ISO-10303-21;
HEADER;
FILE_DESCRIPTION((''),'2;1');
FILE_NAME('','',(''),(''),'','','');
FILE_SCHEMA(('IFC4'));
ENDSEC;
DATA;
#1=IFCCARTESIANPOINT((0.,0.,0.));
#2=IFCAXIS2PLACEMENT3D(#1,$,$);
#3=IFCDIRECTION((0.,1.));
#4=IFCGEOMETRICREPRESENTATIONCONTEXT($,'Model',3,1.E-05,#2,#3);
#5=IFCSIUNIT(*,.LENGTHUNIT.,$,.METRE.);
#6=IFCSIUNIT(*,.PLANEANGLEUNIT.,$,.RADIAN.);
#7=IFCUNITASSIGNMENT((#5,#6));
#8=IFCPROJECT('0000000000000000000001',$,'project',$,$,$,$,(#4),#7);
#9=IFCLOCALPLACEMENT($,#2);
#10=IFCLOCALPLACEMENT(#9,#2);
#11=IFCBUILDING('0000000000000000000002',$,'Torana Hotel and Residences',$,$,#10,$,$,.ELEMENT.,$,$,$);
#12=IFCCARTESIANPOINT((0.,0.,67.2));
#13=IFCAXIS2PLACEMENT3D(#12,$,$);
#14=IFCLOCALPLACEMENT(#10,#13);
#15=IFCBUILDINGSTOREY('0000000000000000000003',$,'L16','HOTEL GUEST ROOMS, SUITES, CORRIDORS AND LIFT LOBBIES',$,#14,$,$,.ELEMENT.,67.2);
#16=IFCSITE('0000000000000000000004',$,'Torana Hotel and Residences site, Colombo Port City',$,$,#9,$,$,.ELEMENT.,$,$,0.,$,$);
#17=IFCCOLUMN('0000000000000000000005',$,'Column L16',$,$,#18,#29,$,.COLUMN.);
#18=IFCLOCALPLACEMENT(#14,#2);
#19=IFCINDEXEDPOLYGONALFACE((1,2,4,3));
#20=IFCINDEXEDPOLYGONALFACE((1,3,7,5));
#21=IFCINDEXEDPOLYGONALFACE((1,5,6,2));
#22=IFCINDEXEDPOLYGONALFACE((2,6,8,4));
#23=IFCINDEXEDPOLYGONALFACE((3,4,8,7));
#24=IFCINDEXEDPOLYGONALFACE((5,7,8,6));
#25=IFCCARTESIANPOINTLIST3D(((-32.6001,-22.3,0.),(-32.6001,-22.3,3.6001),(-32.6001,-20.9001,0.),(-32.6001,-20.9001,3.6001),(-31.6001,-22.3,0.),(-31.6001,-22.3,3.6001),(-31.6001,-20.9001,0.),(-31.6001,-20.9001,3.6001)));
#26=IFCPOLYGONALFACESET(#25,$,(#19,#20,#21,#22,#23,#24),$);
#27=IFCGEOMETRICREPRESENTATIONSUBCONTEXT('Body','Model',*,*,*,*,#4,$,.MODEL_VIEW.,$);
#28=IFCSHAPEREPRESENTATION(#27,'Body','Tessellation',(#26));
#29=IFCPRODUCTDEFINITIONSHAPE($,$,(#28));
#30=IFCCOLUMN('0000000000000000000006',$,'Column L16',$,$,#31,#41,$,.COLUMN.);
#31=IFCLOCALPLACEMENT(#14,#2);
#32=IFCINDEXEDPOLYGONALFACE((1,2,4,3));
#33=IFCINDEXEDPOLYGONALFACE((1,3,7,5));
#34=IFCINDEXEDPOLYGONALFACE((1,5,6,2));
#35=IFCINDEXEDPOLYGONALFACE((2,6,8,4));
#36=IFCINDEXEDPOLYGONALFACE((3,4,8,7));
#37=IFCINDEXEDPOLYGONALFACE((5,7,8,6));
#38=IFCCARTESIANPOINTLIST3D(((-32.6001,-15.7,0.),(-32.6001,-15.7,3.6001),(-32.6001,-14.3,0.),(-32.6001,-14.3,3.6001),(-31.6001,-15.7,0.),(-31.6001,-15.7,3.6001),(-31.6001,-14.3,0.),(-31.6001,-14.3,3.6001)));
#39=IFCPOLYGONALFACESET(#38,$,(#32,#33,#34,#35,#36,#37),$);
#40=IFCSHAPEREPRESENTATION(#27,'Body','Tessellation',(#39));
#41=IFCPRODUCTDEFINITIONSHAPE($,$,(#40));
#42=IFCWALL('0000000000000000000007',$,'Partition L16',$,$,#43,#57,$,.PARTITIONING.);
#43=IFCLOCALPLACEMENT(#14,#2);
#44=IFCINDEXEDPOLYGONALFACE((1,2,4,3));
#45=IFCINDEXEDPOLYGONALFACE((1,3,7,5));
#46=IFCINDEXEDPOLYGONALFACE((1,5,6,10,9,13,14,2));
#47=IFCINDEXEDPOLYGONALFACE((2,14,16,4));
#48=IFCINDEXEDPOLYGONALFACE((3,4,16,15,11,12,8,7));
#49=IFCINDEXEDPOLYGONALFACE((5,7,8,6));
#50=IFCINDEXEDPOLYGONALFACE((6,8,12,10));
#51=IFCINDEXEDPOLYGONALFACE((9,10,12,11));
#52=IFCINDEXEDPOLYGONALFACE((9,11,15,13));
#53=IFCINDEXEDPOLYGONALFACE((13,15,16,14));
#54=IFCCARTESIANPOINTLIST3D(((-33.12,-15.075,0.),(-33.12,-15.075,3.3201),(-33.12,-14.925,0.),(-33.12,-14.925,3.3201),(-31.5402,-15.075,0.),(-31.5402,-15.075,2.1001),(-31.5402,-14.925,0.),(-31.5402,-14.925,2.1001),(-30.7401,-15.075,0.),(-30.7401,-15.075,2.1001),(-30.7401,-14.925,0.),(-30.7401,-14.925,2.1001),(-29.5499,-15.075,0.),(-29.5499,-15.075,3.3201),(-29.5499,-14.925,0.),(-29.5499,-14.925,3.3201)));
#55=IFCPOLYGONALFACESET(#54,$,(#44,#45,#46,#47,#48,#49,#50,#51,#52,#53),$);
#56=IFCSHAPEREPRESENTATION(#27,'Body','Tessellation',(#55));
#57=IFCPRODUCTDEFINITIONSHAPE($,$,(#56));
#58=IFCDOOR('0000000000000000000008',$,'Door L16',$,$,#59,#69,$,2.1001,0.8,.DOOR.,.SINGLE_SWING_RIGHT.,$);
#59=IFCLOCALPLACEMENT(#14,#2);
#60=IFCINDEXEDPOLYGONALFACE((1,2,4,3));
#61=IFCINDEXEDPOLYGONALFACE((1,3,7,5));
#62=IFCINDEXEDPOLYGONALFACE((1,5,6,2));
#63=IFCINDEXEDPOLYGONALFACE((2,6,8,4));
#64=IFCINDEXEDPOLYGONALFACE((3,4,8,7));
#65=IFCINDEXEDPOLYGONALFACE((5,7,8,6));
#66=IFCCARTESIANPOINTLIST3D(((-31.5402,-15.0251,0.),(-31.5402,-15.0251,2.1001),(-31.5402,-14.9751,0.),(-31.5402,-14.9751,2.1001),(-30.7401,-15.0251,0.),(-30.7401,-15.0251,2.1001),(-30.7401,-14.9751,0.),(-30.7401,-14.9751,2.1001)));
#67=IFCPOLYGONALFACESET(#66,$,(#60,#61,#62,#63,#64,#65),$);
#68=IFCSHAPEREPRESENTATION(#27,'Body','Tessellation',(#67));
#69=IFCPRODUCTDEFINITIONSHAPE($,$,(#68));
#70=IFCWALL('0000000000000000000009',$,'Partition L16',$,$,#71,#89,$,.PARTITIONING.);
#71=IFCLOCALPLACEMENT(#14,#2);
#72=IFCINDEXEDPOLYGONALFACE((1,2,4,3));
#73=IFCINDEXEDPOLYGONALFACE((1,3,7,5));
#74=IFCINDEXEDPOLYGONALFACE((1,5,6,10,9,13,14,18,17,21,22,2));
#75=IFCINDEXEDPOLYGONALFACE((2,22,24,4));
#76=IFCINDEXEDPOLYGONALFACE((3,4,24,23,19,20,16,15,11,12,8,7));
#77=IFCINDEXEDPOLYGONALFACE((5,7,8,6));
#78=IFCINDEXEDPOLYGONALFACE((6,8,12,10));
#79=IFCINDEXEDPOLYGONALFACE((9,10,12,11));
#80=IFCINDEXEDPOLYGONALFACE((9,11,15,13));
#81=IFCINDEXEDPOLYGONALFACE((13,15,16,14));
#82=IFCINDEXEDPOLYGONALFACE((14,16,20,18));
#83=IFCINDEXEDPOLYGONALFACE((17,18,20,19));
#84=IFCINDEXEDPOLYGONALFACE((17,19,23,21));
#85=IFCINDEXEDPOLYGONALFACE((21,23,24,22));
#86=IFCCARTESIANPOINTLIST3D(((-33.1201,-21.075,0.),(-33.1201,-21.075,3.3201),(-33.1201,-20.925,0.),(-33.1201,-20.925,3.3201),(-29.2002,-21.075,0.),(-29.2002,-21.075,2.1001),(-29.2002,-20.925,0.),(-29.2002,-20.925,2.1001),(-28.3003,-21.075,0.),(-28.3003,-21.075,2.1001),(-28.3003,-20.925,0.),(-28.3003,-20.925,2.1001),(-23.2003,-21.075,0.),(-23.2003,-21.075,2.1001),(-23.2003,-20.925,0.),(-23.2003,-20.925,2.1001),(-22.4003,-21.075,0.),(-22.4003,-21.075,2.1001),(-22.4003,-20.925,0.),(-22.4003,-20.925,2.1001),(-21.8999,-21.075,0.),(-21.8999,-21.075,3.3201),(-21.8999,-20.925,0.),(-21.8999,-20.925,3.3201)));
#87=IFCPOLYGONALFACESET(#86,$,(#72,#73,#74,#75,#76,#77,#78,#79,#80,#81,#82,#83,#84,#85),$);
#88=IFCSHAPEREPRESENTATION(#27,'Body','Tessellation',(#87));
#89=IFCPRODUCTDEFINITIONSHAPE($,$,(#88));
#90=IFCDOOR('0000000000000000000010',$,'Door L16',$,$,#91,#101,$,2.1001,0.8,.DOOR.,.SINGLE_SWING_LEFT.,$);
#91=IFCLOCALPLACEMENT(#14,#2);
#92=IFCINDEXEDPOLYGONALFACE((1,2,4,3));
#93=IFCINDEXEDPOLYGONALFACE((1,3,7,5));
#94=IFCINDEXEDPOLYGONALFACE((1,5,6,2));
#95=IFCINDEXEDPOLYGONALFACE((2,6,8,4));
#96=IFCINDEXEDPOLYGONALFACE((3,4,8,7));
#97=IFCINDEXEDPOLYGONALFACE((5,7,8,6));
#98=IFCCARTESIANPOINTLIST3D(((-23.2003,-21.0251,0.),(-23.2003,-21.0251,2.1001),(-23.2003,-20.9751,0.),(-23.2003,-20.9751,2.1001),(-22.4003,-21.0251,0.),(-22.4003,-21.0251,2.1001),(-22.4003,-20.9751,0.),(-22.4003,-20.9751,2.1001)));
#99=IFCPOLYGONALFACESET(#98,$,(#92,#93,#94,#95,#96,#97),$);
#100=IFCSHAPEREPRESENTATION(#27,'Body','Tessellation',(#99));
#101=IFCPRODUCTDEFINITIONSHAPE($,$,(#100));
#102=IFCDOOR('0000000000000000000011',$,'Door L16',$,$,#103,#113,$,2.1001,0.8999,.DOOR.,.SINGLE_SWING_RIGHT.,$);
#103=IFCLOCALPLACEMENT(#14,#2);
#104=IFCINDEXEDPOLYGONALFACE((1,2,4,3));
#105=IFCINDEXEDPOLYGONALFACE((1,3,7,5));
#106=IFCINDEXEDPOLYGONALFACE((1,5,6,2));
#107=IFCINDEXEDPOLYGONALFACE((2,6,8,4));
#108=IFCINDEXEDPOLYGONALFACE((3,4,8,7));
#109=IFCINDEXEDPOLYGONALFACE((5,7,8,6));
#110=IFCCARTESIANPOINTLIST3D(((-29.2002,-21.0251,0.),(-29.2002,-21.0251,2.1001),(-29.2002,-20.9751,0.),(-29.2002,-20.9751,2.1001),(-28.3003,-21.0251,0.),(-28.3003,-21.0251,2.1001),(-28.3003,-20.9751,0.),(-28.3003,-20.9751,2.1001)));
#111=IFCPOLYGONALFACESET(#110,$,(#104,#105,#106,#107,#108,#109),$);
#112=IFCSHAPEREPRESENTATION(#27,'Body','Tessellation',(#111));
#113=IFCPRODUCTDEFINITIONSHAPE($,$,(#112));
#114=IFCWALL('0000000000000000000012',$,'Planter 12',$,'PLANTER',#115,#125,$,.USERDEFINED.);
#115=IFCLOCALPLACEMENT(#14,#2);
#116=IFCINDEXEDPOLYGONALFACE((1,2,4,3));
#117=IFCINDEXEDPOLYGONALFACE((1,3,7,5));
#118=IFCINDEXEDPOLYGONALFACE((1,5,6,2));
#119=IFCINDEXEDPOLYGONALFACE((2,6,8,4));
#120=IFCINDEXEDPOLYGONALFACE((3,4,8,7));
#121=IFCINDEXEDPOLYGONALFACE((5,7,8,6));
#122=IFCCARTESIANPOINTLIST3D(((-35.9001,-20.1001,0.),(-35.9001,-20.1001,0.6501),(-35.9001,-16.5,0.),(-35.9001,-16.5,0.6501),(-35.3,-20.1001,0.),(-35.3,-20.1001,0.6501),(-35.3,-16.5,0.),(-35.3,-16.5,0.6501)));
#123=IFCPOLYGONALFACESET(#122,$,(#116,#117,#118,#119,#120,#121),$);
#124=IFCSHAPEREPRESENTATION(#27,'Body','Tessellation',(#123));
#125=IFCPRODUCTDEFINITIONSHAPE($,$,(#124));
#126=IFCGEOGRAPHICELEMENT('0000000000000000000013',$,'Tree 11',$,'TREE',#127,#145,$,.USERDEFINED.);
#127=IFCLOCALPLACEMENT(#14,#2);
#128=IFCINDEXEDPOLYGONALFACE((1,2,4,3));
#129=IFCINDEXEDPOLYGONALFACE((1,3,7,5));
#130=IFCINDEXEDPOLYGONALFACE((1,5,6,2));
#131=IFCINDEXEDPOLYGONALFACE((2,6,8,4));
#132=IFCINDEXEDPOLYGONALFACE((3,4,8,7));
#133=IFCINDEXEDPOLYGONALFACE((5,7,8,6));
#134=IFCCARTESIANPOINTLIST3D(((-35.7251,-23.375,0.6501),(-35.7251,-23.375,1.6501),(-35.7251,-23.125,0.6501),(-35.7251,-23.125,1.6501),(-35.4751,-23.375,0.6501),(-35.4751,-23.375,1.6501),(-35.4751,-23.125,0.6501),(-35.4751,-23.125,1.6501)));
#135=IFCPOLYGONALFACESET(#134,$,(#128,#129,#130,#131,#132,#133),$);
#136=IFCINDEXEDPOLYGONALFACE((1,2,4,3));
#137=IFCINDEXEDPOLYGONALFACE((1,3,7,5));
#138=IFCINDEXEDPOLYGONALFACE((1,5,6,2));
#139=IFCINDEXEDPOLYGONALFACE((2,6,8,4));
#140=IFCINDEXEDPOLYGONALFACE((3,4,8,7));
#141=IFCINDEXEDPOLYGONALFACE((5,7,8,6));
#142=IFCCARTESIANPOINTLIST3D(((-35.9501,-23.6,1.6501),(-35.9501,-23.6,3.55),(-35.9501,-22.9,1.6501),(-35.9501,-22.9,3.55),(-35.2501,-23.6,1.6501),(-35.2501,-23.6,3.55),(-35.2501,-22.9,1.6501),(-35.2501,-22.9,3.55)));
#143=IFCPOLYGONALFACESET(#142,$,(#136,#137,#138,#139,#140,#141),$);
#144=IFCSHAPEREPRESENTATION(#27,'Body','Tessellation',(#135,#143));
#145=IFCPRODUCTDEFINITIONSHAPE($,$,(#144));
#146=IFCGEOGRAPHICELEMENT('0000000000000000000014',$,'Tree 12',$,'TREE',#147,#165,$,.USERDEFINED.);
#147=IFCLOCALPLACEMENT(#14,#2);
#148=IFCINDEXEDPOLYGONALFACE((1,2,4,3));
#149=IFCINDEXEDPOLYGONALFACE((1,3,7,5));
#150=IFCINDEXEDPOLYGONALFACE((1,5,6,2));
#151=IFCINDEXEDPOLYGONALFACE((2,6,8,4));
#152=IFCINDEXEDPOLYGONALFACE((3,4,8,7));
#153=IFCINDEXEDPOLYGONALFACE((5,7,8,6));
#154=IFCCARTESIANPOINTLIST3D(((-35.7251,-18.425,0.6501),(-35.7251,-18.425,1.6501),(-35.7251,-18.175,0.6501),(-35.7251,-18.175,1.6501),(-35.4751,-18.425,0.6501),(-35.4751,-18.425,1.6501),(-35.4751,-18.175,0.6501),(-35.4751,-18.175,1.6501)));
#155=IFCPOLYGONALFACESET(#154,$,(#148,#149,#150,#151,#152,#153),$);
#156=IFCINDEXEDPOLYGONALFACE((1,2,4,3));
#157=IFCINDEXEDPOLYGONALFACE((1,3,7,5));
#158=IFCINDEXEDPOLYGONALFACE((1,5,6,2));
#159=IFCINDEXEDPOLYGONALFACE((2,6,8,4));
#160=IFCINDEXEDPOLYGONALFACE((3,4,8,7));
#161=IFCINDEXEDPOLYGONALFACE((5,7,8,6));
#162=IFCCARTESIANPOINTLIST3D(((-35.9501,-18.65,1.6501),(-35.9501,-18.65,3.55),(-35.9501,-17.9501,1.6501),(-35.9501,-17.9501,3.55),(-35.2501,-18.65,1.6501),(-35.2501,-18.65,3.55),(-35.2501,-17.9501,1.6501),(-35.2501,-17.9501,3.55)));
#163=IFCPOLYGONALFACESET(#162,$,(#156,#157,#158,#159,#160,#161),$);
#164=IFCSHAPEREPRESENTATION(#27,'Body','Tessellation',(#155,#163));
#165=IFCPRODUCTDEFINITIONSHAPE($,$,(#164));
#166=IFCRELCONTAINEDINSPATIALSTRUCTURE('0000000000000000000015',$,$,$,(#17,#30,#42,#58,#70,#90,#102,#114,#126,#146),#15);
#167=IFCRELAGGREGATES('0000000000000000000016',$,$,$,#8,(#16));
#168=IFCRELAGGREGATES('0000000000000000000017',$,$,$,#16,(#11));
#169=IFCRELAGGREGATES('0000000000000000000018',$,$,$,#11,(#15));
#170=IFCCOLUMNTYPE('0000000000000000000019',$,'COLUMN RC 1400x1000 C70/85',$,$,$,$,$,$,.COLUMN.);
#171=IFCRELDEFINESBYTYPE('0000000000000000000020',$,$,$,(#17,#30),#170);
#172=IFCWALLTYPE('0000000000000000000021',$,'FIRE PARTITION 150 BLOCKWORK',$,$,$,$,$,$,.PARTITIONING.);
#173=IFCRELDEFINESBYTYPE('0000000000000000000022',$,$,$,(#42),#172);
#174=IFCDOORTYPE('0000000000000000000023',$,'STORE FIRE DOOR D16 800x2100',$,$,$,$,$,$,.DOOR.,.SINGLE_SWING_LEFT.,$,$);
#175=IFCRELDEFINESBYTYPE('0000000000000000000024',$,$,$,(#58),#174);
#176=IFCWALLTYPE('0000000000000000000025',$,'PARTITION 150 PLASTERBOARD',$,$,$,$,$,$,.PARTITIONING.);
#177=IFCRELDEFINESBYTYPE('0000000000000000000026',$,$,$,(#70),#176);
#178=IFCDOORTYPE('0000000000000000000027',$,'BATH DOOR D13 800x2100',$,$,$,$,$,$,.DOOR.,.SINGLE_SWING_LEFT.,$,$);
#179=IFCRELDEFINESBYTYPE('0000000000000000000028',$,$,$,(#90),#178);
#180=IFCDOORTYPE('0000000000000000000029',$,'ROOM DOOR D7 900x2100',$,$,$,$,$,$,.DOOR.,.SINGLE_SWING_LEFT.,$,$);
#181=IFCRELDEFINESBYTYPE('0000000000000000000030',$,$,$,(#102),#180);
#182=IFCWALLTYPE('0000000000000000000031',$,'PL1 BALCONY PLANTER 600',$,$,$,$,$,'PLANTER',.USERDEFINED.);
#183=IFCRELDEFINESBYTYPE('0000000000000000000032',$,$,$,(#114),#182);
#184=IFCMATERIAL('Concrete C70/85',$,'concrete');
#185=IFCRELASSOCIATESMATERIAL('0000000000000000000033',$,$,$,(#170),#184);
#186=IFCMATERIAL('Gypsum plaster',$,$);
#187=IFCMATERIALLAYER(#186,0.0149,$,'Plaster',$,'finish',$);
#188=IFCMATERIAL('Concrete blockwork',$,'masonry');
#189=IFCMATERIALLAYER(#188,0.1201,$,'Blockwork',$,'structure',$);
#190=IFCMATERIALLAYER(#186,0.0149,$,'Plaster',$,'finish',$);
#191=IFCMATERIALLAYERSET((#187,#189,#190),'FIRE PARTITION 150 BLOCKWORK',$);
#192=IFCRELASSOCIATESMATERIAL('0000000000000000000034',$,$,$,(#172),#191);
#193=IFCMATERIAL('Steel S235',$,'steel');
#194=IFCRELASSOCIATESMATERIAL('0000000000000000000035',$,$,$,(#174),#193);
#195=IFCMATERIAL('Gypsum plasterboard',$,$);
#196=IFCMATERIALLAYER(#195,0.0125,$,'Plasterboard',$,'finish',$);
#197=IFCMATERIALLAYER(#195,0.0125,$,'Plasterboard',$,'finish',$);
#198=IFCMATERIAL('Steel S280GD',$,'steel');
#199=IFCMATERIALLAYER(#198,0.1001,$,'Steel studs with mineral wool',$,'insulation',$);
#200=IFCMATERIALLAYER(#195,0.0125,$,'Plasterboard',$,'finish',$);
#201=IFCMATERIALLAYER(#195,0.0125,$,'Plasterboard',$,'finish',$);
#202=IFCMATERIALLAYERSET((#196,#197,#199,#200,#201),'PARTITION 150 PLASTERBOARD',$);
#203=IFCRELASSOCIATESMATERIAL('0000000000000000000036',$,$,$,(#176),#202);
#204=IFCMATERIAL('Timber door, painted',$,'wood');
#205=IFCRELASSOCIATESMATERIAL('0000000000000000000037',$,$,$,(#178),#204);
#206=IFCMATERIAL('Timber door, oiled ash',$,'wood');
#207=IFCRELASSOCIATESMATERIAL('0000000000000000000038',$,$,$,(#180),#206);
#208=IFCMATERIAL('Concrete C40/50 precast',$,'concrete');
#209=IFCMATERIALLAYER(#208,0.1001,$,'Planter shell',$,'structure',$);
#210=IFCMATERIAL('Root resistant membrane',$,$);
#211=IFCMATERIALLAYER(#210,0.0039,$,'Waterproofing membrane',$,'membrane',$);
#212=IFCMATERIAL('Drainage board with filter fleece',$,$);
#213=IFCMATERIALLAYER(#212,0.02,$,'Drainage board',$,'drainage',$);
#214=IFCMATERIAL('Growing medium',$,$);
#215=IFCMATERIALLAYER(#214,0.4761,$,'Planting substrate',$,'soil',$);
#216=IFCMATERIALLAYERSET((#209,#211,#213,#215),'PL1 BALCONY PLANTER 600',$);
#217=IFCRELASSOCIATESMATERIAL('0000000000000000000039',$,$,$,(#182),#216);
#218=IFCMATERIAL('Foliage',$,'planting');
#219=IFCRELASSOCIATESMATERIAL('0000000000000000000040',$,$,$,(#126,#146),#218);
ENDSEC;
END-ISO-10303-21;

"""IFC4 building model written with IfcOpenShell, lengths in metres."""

from ifc_helpers import new_model, si_unit, direction, frame, frame_2d, origin, origin_2d, place, context, subcontext, project, spatial, rectangle, extrude, material, layer, layer_set, material_profile, profile_set, type_object, element, fill, save


model = new_model("IFC4")

# Units and contexts
model_context = context("Model", 3, precision=1e-05, world=origin(), true_north=direction((0.0, 1.0)))
body_context = subcontext(model_context, "Body", "Model", "MODEL_VIEW")
ifc_project = project(units=[si_unit("LENGTHUNIT", "METRE"), si_unit("PLANEANGLEUNIT", "RADIAN")], contexts=[model_context])

# Site, building, storey
site_placement = place(None, origin())
site = spatial("IfcSite", under=ifc_project, at=site_placement, Name="Torana Hotel and Residences site, Colombo Port City", CompositionType="ELEMENT", RefElevation=0.0)
building_placement = place(site_placement, origin())
building = spatial("IfcBuilding", under=site, at=building_placement, Name="Torana Hotel and Residences", CompositionType="ELEMENT")
storey_placement = place(building_placement, frame((0.0, 0.0, 67.2)))
storey = spatial("IfcBuildingStorey", under=building, at=storey_placement, Name="L16", Description="HOTEL GUEST ROOMS, SUITES, CORRIDORS AND LIFT LOBBIES", CompositionType="ELEMENT", Elevation=67.2)

# Columns
ifc_material_1 = material(Name="Concrete C70/85", Category="concrete")
ifc_material_profile = material_profile(ifc_material_1, rectangle(XDim=1.3999, YDim=1.0, at=origin_2d()), Name="RC 1400x1000")
ifc_profile_set = profile_set([ifc_material_profile], Name="Concrete C70/85")
column_type = type_object("IfcColumnType", Name="COLUMN RC 1400x1000 C70/85", PredefinedType="COLUMN", material=ifc_profile_set)
for number, where, z_axis, x_axis, name in (
    (1, (-32.1001, -21.6001, 0.0), (0.0, 0.0, 1.0), (0.0, 1.0, 0.0), "Column L16"),
    (2, (-32.1001, -15.0, 0.0), (0.0, 0.0, 1.0), (0.0, 1.0, 0.0), "Column L16"),
):
    element("IfcColumn", number, at=place(storey_placement, frame(where, z_axis=z_axis, x_axis=x_axis)), inside=storey, type_object=column_type, Name=name, PredefinedType="COLUMN", context=body_context, shape_type="SweptSolid", body=[
        extrude(rectangle(XDim=1.3999, YDim=1.0, at=origin_2d()), origin(), (0.0, 0.0, 1.0), 3.6001),
    ])

# Shared definitions
ifc_material_2 = material(Name="Gypsum plaster")
ifc_layer_1 = layer(ifc_material_2, 0.0149, Name="Plaster", Category="finish")
ifc_material_3 = material(Name="Concrete blockwork", Category="masonry")
ifc_layer_2 = layer(ifc_material_3, 0.1201, Name="Blockwork", Category="structure")
ifc_layer_3 = layer(ifc_material_2, 0.0149, Name="Plaster", Category="finish")
ifc_layer_set_1 = layer_set([ifc_layer_1, ifc_layer_2, ifc_layer_3], Name="FIRE PARTITION 150 BLOCKWORK")
wall_type_1 = type_object("IfcWallType", Name="FIRE PARTITION 150 BLOCKWORK", PredefinedType="PARTITIONING", material=ifc_layer_set_1)

# Wall, opening, door
wall_1_placement = place(storey_placement, frame((-33.1201, -15.0, 0.0), z_axis=(0.0, 0.0, 1.0), x_axis=(1.0, 0.0, 0.0)))
wall_1 = element("IfcWall", 3, at=wall_1_placement, inside=storey, type_object=wall_type_1, Name="Partition L16", PredefinedType="PARTITIONING", context=body_context, shape_type="SweptSolid", body=[
    extrude(rectangle(XDim=3.5701, YDim=0.1499, at=frame_2d((1.7852, 0.0))), origin(), (0.0, 0.0, 1.0), 3.3201),
])
opening_1_placement = place(wall_1_placement, frame((1.5801, 0.0, 0.0)))
opening_1 = element("IfcOpeningElement", 4, at=opening_1_placement, cuts=wall_1, PredefinedType="OPENING", context=body_context, shape_type="SweptSolid", body=[
    extrude(rectangle(XDim=0.8, YDim=2.1001, at=frame_2d((0.3999, 1.05))), frame((0.0, 0.085, 0.0), z_axis=(0.0, -1.0, 0.0), x_axis=(1.0, 0.0, 0.0)), (0.0, 0.0, 1.0), 0.1699),
])
ifc_material_4 = material(Name="Steel S235", Category="steel")
door_type_1 = type_object("IfcDoorType", Name="STORE FIRE DOOR D16 800x2100", OperationType="SINGLE_SWING_LEFT", PredefinedType="DOOR", material=ifc_material_4)
door_1_placement = place(opening_1_placement, origin())
door_1 = element("IfcDoor", 5, at=door_1_placement, inside=storey, type_object=door_type_1, Name="Door L16", OperationType="SINGLE_SWING_RIGHT", OverallHeight=2.1001, OverallWidth=0.8, PredefinedType="DOOR", context=body_context, shape_type="SweptSolid", body=[
    extrude(rectangle(XDim=0.8, YDim=2.1001, at=frame_2d((0.3999, 1.05))), frame((0.0, 0.0249, 0.0), z_axis=(0.0, -1.0, 0.0), x_axis=(1.0, 0.0, 0.0)), (0.0, 0.0, 1.0), 0.05),
])
fill(opening_1, door_1)

# Wall, openings, doors
ifc_material_5 = material(Name="Gypsum plasterboard")
ifc_layer_4 = layer(ifc_material_5, 0.0125, Name="Plasterboard", Category="finish")
ifc_layer_5 = layer(ifc_material_5, 0.0125, Name="Plasterboard", Category="finish")
ifc_material_6 = material(Name="Steel S280GD", Category="steel")
ifc_layer_6 = layer(ifc_material_6, 0.1001, Name="Steel studs with mineral wool", Category="insulation")
ifc_layer_7 = layer(ifc_material_5, 0.0125, Name="Plasterboard", Category="finish")
ifc_layer_8 = layer(ifc_material_5, 0.0125, Name="Plasterboard", Category="finish")
ifc_layer_set_2 = layer_set([ifc_layer_4, ifc_layer_5, ifc_layer_6, ifc_layer_7, ifc_layer_8], Name="PARTITION 150 PLASTERBOARD")
wall_type_2 = type_object("IfcWallType", Name="PARTITION 150 PLASTERBOARD", PredefinedType="PARTITIONING", material=ifc_layer_set_2)
wall_2_placement = place(storey_placement, frame((-33.1201, -21.0, 0.0), z_axis=(0.0, 0.0, 1.0), x_axis=(1.0, 0.0, 0.0)))
wall_2 = element("IfcWall", 6, at=wall_2_placement, inside=storey, type_object=wall_type_2, Name="Partition L16", PredefinedType="PARTITIONING", context=body_context, shape_type="SweptSolid", body=[
    extrude(rectangle(XDim=11.2202, YDim=0.1499, at=frame_2d((5.6101, 0.0))), origin(), (0.0, 0.0, 1.0), 3.3201),
])
opening_2_placement = place(wall_2_placement, frame((9.9199, 0.0, 0.0)))
opening_2 = element("IfcOpeningElement", 7, at=opening_2_placement, cuts=wall_2, PredefinedType="OPENING", context=body_context, shape_type="SweptSolid", body=[
    extrude(rectangle(XDim=0.8, YDim=2.1001, at=frame_2d((0.3999, 1.05))), frame((0.0, 0.085, 0.0), z_axis=(0.0, -1.0, 0.0), x_axis=(1.0, 0.0, 0.0)), (0.0, 0.0, 1.0), 0.1699),
])
opening_3_placement = place(wall_2_placement, frame((3.9199, 0.0, 0.0)))
opening_3 = element("IfcOpeningElement", 8, at=opening_3_placement, cuts=wall_2, PredefinedType="OPENING", context=body_context, shape_type="SweptSolid", body=[
    extrude(rectangle(XDim=0.8999, YDim=2.1001, at=frame_2d((0.45, 1.05))), frame((0.0, 0.085, 0.0), z_axis=(0.0, -1.0, 0.0), x_axis=(1.0, 0.0, 0.0)), (0.0, 0.0, 1.0), 0.1699),
])
ifc_material_7 = material(Name="Timber door, painted", Category="wood")
door_type_2 = type_object("IfcDoorType", Name="BATH DOOR D13 800x2100", OperationType="SINGLE_SWING_LEFT", PredefinedType="DOOR", material=ifc_material_7)
door_2_placement = place(opening_2_placement, origin())
door_2 = element("IfcDoor", 9, at=door_2_placement, inside=storey, type_object=door_type_2, Name="Door L16", OperationType="SINGLE_SWING_LEFT", OverallHeight=2.1001, OverallWidth=0.8, PredefinedType="DOOR", context=body_context, shape_type="SweptSolid", body=[
    extrude(rectangle(XDim=0.8, YDim=2.1001, at=frame_2d((0.3999, 1.05))), frame((0.0, 0.0249, 0.0), z_axis=(0.0, -1.0, 0.0), x_axis=(1.0, 0.0, 0.0)), (0.0, 0.0, 1.0), 0.05),
])
fill(opening_2, door_2)
ifc_material_8 = material(Name="Timber door, oiled ash", Category="wood")
door_type_3 = type_object("IfcDoorType", Name="ROOM DOOR D7 900x2100", OperationType="SINGLE_SWING_LEFT", PredefinedType="DOOR", material=ifc_material_8)
door_3_placement = place(opening_3_placement, origin())
door_3 = element("IfcDoor", 10, at=door_3_placement, inside=storey, type_object=door_type_3, Name="Door L16", OperationType="SINGLE_SWING_RIGHT", OverallHeight=2.1001, OverallWidth=0.8999, PredefinedType="DOOR", context=body_context, shape_type="SweptSolid", body=[
    extrude(rectangle(XDim=0.8999, YDim=2.1001, at=frame_2d((0.45, 1.05))), frame((0.0, 0.0249, 0.0), z_axis=(0.0, -1.0, 0.0), x_axis=(1.0, 0.0, 0.0)), (0.0, 0.0, 1.0), 0.05),
])
fill(opening_3, door_3)

# Wall
ifc_material_9 = material(Name="Concrete C40/50 precast", Category="concrete")
ifc_layer_9 = layer(ifc_material_9, 0.1001, Name="Planter shell", Category="structure")
ifc_material_10 = material(Name="Root resistant membrane")
ifc_layer_10 = layer(ifc_material_10, 0.0039, Name="Waterproofing membrane", Category="membrane")
ifc_material_11 = material(Name="Drainage board with filter fleece")
ifc_layer_11 = layer(ifc_material_11, 0.02, Name="Drainage board", Category="drainage")
ifc_material_12 = material(Name="Growing medium")
ifc_layer_12 = layer(ifc_material_12, 0.4761, Name="Planting substrate", Category="soil")
ifc_layer_set_3 = layer_set([ifc_layer_9, ifc_layer_10, ifc_layer_11, ifc_layer_12], Name="PL1 BALCONY PLANTER 600")
wall_type_3 = type_object("IfcWallType", Name="PL1 BALCONY PLANTER 600", ElementType="PLANTER", PredefinedType="USERDEFINED", material=ifc_layer_set_3)
wall_3_placement = place(storey_placement, frame((-35.6001, -20.1001, 0.0), z_axis=(0.0, 0.0, 1.0), x_axis=(0.0, 1.0, 0.0)))
element("IfcWall", 11, at=wall_3_placement, inside=storey, type_object=wall_type_3, Name="Planter 12", ObjectType="PLANTER", PredefinedType="USERDEFINED", context=body_context, shape_type="SweptSolid", body=[
    extrude(rectangle(XDim=3.6001, YDim=0.6001, at=frame_2d((1.8, 0.0))), origin(), (0.0, 0.0, 1.0), 0.6501),
])

# Geographic elements
ifc_material_13 = material(Name="Foliage", Category="planting")
for number, where, z_axis, x_axis, name in (
    (12, (-35.6001, -23.25, 0.6501), (0.0, 0.0, 1.0), (1.0, 0.0, 0.0), "Tree 11"),
    (13, (-35.6001, -18.3, 0.6501), (0.0, 0.0, 1.0), (1.0, 0.0, 0.0), "Tree 12"),
):
    element("IfcGeographicElement", number, at=place(storey_placement, frame(where, z_axis=z_axis, x_axis=x_axis)), inside=storey, material=ifc_material_13, Name=name, ObjectType="TREE", PredefinedType="USERDEFINED", context=body_context, shape_type="SweptSolid", body=[
        extrude(rectangle(XDim=0.25, YDim=0.25, at=origin_2d()), origin(), (0.0, 0.0, 1.0), 1.0),
        extrude(rectangle(XDim=0.7, YDim=0.7, at=origin_2d()), frame((0.0, 0.0, 1.0)), (0.0, 0.0, 1.0), 1.8999),
    ])

save(model, "model.ifc")
